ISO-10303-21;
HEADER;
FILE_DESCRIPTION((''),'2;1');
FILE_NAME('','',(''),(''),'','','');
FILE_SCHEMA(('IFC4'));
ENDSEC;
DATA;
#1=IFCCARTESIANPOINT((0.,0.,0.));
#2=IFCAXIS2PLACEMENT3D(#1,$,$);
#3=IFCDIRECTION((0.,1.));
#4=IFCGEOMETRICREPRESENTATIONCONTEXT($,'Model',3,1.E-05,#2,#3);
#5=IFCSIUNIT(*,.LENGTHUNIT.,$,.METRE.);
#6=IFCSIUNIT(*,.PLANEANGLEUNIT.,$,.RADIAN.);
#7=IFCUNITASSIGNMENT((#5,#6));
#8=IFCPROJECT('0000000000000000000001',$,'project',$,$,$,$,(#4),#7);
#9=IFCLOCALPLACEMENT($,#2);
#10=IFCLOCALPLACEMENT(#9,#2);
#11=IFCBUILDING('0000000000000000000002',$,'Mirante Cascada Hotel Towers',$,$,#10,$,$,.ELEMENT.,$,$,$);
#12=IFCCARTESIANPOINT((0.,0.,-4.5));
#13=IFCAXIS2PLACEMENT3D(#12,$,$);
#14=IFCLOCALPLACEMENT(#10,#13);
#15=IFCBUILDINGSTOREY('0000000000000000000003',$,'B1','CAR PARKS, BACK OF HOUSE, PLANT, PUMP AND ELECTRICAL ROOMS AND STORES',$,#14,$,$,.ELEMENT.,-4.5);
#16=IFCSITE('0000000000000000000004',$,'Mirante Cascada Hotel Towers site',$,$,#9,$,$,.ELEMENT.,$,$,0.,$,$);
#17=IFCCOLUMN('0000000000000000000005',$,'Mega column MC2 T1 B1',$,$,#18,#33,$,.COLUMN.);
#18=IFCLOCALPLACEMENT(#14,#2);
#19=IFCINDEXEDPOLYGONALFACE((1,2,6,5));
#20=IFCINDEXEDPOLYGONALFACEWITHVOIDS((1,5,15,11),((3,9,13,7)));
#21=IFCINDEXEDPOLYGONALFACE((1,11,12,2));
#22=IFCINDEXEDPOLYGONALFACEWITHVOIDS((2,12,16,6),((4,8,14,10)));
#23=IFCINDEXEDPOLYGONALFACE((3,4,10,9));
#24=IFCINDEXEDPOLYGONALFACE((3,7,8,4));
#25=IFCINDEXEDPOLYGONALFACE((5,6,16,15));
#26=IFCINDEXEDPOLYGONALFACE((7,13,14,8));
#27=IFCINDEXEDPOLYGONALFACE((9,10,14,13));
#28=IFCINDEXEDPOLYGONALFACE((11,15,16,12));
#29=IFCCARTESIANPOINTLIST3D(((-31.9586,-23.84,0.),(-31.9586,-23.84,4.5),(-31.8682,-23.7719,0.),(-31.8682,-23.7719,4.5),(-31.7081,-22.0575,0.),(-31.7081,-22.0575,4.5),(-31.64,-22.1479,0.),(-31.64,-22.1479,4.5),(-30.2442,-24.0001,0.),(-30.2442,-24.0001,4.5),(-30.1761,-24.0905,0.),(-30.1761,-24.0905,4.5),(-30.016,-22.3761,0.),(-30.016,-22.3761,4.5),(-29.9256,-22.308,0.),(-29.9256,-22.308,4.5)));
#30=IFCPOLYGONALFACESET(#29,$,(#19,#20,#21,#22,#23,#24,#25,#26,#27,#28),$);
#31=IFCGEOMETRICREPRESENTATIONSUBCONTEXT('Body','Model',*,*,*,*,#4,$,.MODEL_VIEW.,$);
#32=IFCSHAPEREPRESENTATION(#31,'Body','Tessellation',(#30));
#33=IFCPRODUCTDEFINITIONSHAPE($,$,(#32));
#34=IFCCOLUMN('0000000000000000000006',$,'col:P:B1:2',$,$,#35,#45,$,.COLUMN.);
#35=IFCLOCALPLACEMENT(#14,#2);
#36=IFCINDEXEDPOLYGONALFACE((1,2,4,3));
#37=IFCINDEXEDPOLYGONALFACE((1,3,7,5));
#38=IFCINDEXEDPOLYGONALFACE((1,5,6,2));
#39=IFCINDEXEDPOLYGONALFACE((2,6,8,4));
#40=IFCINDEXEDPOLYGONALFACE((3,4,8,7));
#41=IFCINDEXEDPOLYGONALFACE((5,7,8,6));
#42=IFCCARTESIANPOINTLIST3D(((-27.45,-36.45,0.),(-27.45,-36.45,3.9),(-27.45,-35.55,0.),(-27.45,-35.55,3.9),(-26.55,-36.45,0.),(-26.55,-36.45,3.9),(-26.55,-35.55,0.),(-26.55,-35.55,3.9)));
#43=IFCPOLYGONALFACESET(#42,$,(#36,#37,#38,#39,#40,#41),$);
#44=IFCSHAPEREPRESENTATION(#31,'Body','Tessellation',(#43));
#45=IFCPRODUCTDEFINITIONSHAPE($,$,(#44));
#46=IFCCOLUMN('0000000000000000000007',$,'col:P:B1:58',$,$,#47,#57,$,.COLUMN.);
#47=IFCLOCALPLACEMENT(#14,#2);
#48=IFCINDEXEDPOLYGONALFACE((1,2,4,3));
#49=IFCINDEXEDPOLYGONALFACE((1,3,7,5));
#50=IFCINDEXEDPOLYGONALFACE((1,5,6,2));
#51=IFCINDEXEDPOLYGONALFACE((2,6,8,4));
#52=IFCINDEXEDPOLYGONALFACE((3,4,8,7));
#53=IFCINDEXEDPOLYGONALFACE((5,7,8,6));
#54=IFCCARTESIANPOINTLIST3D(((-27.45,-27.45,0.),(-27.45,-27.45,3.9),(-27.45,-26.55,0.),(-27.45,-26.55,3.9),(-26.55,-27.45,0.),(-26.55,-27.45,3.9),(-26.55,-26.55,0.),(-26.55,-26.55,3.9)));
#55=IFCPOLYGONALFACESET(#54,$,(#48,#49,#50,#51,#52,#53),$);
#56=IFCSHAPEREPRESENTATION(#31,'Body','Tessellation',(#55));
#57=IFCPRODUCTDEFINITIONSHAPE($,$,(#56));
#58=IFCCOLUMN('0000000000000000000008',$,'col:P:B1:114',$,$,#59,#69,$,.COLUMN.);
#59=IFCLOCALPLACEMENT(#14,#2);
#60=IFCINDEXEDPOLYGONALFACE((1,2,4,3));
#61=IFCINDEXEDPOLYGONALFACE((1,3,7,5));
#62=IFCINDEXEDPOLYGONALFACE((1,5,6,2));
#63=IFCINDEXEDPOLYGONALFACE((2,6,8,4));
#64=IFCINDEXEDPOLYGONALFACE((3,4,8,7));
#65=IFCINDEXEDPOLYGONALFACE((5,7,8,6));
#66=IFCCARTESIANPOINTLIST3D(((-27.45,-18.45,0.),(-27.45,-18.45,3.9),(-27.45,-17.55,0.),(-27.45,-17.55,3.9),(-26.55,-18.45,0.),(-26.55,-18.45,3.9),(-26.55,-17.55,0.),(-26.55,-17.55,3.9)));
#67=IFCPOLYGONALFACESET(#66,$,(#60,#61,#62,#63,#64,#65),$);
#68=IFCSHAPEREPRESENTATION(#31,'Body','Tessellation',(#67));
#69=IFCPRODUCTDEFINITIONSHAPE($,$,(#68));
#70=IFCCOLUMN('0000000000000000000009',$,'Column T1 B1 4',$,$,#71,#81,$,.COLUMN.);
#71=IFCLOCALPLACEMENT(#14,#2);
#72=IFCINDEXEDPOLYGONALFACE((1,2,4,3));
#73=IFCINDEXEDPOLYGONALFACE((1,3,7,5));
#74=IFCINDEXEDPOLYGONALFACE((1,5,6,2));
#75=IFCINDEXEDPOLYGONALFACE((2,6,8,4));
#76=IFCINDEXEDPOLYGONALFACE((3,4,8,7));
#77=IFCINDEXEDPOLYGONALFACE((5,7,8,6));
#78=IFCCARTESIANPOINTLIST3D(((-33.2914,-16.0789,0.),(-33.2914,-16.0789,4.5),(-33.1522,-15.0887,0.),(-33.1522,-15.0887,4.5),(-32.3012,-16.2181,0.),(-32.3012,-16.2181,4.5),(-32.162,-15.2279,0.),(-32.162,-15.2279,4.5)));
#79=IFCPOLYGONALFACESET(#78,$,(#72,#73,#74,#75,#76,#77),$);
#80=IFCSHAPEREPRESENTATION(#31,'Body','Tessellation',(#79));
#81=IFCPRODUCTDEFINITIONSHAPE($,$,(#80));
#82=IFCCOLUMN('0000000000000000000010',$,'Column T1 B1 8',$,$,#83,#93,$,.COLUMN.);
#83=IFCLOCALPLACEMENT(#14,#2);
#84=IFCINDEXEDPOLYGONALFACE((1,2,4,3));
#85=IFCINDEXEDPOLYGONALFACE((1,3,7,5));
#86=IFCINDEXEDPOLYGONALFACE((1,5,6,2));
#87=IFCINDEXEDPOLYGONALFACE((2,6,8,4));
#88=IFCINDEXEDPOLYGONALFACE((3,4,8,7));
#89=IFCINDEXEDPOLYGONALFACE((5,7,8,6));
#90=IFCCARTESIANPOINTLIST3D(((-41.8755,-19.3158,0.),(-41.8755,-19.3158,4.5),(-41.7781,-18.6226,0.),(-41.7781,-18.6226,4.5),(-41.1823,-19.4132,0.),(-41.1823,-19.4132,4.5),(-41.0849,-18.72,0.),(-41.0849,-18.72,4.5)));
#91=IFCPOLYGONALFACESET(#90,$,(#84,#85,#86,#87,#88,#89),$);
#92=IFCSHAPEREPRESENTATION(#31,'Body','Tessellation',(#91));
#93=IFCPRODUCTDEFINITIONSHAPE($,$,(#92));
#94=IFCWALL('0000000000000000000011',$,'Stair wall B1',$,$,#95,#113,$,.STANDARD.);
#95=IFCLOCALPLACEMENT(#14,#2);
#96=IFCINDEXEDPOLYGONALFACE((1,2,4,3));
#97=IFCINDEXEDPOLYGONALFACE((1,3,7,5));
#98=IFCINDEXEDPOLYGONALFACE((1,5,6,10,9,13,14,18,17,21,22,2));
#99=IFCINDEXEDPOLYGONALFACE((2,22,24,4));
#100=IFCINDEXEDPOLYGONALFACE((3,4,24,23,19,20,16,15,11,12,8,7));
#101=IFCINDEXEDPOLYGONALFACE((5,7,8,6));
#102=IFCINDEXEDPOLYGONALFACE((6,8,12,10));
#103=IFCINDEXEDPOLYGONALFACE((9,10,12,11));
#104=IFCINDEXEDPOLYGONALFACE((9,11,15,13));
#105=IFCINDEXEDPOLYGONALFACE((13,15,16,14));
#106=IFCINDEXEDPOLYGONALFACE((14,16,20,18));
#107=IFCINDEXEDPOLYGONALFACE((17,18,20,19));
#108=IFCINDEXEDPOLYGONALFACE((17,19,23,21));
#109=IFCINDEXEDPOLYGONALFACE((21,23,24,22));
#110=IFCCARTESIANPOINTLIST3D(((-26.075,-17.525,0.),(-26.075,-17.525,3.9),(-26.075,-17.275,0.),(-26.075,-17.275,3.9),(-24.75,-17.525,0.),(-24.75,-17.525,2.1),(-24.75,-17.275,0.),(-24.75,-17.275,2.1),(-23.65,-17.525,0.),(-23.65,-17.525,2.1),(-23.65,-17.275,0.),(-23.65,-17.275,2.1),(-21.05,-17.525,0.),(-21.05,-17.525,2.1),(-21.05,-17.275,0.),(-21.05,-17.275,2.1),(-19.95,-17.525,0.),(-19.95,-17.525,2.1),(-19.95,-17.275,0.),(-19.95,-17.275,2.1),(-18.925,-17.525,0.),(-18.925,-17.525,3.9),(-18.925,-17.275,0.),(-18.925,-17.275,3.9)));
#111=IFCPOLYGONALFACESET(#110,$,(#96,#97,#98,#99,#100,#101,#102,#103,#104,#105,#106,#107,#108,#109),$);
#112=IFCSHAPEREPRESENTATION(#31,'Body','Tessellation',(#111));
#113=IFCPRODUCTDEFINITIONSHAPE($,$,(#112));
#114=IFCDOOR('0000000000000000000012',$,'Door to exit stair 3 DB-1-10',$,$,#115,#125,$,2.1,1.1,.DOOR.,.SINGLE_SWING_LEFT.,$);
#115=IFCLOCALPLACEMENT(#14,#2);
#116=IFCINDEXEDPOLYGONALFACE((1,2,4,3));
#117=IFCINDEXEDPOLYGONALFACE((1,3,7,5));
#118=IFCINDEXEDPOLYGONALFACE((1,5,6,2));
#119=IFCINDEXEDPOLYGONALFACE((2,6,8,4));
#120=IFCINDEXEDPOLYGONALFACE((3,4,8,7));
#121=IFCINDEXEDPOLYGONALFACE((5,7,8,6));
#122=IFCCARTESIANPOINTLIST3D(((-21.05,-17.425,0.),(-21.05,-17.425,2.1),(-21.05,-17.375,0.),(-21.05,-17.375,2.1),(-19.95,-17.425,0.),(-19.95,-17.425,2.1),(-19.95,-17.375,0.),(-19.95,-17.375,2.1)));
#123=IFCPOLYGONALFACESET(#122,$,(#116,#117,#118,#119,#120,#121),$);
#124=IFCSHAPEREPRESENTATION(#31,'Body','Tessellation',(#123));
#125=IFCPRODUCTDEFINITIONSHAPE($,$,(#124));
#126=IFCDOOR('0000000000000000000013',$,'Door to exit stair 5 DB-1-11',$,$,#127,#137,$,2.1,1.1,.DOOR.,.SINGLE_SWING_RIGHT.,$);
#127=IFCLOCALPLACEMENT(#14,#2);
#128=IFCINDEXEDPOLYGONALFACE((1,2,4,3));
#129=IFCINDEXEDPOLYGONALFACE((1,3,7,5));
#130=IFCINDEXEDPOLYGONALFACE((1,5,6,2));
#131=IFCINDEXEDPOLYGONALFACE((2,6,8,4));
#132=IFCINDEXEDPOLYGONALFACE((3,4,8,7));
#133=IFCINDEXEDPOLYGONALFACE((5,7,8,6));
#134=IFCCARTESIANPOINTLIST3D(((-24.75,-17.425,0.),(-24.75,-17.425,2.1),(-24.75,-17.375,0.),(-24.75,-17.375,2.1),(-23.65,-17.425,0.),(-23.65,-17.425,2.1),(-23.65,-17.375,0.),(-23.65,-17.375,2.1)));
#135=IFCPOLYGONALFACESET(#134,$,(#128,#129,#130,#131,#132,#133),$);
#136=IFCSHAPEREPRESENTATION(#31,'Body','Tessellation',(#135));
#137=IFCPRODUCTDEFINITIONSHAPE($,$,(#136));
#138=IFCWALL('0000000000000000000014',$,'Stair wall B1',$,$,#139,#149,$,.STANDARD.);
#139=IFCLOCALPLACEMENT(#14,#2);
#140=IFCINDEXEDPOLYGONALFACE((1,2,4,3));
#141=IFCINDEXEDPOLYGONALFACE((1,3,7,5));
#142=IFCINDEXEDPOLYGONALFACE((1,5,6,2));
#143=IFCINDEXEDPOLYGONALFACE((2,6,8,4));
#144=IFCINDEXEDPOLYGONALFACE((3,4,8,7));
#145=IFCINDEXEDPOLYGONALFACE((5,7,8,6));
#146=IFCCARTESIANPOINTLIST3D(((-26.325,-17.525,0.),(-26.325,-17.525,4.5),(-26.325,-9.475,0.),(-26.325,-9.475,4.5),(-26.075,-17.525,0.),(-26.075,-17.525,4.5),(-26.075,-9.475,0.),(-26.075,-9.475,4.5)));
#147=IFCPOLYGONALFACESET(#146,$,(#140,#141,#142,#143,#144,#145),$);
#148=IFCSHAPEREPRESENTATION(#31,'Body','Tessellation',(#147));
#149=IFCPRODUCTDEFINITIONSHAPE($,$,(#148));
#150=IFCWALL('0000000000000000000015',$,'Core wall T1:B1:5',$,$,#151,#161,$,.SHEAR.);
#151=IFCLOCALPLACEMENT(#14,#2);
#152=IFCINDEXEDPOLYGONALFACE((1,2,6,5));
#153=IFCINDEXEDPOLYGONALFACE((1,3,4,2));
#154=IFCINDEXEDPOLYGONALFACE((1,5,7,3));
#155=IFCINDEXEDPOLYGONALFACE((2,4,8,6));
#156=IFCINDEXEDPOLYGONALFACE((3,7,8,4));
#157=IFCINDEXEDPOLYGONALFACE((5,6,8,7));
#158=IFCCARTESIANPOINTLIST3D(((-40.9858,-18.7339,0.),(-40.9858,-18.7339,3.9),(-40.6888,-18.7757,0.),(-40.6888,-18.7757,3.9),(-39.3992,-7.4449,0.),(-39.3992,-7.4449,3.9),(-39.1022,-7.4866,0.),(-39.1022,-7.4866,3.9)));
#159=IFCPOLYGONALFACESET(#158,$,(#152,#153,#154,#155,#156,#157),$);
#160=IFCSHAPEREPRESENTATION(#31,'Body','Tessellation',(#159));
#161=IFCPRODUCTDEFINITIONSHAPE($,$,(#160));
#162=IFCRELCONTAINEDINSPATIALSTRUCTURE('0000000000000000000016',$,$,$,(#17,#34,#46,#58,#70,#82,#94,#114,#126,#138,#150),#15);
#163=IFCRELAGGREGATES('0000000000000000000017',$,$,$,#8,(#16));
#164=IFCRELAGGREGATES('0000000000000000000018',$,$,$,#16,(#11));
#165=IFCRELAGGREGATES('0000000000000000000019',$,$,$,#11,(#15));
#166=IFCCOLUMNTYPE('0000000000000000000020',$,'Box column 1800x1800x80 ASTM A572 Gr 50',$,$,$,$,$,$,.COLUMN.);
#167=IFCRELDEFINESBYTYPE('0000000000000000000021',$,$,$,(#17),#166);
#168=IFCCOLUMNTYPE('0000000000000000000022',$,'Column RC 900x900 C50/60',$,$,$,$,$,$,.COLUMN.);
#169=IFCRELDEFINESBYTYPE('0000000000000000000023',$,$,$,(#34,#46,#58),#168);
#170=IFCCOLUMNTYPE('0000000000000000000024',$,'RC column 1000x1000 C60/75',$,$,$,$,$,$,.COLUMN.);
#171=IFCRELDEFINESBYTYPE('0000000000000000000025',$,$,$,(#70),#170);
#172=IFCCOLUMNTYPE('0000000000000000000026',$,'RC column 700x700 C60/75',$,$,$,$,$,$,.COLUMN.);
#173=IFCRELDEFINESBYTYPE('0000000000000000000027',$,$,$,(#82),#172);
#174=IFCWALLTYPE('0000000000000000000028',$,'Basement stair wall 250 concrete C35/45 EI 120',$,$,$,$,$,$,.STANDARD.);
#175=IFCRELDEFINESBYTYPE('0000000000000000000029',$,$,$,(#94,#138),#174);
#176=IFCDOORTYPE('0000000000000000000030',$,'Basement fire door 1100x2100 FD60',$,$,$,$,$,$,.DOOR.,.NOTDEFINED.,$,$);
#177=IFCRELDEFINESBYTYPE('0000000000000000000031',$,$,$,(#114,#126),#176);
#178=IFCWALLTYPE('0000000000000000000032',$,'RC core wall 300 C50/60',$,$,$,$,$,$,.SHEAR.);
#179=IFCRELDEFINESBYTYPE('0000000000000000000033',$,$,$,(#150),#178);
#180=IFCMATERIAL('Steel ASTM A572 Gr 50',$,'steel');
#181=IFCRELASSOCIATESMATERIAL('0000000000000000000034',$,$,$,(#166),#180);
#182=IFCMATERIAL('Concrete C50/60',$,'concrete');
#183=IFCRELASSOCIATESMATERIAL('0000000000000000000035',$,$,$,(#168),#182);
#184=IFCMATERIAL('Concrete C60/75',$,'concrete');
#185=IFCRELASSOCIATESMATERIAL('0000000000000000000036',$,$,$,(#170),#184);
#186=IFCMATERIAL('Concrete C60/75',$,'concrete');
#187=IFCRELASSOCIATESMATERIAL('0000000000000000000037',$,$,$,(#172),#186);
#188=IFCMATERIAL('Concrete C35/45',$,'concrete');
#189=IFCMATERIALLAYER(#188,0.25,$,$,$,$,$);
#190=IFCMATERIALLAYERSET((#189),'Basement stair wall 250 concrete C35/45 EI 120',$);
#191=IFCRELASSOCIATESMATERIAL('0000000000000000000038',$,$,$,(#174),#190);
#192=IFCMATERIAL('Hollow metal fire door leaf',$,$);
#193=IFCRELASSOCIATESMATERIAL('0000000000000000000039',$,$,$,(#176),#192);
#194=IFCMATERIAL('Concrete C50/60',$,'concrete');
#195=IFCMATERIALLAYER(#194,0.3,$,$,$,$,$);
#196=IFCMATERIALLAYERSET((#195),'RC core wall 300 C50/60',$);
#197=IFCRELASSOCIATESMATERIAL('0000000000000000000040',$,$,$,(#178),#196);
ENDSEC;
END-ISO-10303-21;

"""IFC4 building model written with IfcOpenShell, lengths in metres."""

from ifc_helpers import new_model, si_unit, direction, frame, frame_2d, origin, origin_2d, place, context, subcontext, project, spatial, rectangle, hollow_rectangle, extrude, material, layer, layer_set, material_profile, profile_set, type_object, element, fill, save


model = new_model("IFC4")

# Units and contexts
model_context = context("Model", 3, precision=1e-05, world=origin(), true_north=direction((0.0, 1.0)))
body_context = subcontext(model_context, "Body", "Model", "MODEL_VIEW")
ifc_project = project(units=[si_unit("LENGTHUNIT", "METRE"), si_unit("PLANEANGLEUNIT", "RADIAN")], contexts=[model_context])

# Site, building, storey
site_placement = place(None, origin())
site = spatial("IfcSite", under=ifc_project, at=site_placement, Name="Mirante Cascada Hotel Towers site", CompositionType="ELEMENT", RefElevation=0.0)
building_placement = place(site_placement, origin())
building = spatial("IfcBuilding", under=site, at=building_placement, Name="Mirante Cascada Hotel Towers", CompositionType="ELEMENT")
storey_placement = place(building_placement, frame((0.0, 0.0, -4.5)))
storey = spatial("IfcBuildingStorey", under=building, at=storey_placement, Name="B1", Description="CAR PARKS, BACK OF HOUSE, PLANT, PUMP AND ELECTRICAL ROOMS AND STORES", CompositionType="ELEMENT", Elevation=-4.5)

# Columns
ifc_material_1 = material(Name="Steel ASTM A572 Gr 50", Category="steel")
ifc_material_profile_1 = material_profile(ifc_material_1, hollow_rectangle(XDim=1.8, YDim=1.8, WallThickness=0.08, at=origin_2d()), Name="Box column 1800x1800x80 ASTM A572 Gr 50")
ifc_profile_set_1 = profile_set([ifc_material_profile_1], Name="Steel ASTM A572 Gr 50")
column_type_1 = type_object("IfcColumnType", Name="Box column 1800x1800x80 ASTM A572 Gr 50", PredefinedType="COLUMN", material=ifc_profile_set_1)
column_1_placement = place(storey_placement, frame((-30.9421, -23.074, 0.0), z_axis=(0.0, 0.0, 1.0), x_axis=(-0.990268, 0.139173, 0.0)))
element("IfcColumn", 1, at=column_1_placement, inside=storey, type_object=column_type_1, Name="Mega column MC2 T1 B1", PredefinedType="COLUMN", context=body_context, shape_type="SweptSolid", body=[
    extrude(hollow_rectangle(XDim=1.8, YDim=1.8, WallThickness=0.08, at=origin_2d()), origin(), (0.0, 0.0, 1.0), 4.5),
])
ifc_material_2 = material(Name="Concrete C50/60", Category="concrete")
ifc_material_profile_2 = material_profile(ifc_material_2, rectangle(XDim=0.9, YDim=0.9, at=origin_2d()), Name="RC 900x900")
ifc_profile_set_2 = profile_set([ifc_material_profile_2], Name="Concrete C50/60")
column_type_2 = type_object("IfcColumnType", Name="Column RC 900x900 C50/60", PredefinedType="COLUMN", material=ifc_profile_set_2)
for number, where, z_axis, x_axis, name in (
    (2, (-27.0, -36.0, 0.0), (0.0, 0.0, 1.0), (1.0, 0.0, 0.0), "col:P:B1:2"),
    (3, (-27.0, -27.0, 0.0), (0.0, 0.0, 1.0), (1.0, 0.0, 0.0), "col:P:B1:58"),
    (4, (-27.0, -18.0, 0.0), (0.0, 0.0, 1.0), (1.0, 0.0, 0.0), "col:P:B1:114"),
):
    element("IfcColumn", number, at=place(storey_placement, frame(where, z_axis=z_axis, x_axis=x_axis)), inside=storey, type_object=column_type_2, Name=name, PredefinedType="COLUMN", context=body_context, shape_type="SweptSolid", body=[
        extrude(rectangle(XDim=0.9, YDim=0.9, at=origin_2d()), origin(), (0.0, 0.0, 1.0), 3.9),
    ])
ifc_material_3 = material(Name="Concrete C60/75", Category="concrete")
ifc_material_profile_3 = material_profile(ifc_material_3, rectangle(XDim=1.0, YDim=1.0, at=origin_2d()), Name="RC column 1000x1000 C60/75")
ifc_profile_set_3 = profile_set([ifc_material_profile_3], Name="Concrete C60/75")
column_type_3 = type_object("IfcColumnType", Name="RC column 1000x1000 C60/75", PredefinedType="COLUMN", material=ifc_profile_set_3)
column_2_placement = place(storey_placement, frame((-32.7267, -15.6534, 0.0), z_axis=(0.0, 0.0, 1.0), x_axis=(-0.990268, 0.139173, 0.0)))
element("IfcColumn", 5, at=column_2_placement, inside=storey, type_object=column_type_3, Name="Column T1 B1 4", PredefinedType="COLUMN", context=body_context, shape_type="SweptSolid", body=[
    extrude(rectangle(XDim=1.0, YDim=1.0, at=origin_2d()), origin(), (0.0, 0.0, 1.0), 4.5),
])
ifc_material_4 = material(Name="Concrete C60/75", Category="concrete")
ifc_material_profile_4 = material_profile(ifc_material_4, rectangle(XDim=0.7, YDim=0.7, at=origin_2d()), Name="RC column 700x700 C60/75")
ifc_profile_set_4 = profile_set([ifc_material_profile_4], Name="Concrete C60/75")
column_type_4 = type_object("IfcColumnType", Name="RC column 700x700 C60/75", PredefinedType="COLUMN", material=ifc_profile_set_4)
column_3_placement = place(storey_placement, frame((-41.4802, -19.0179, 0.0), z_axis=(0.0, 0.0, 1.0), x_axis=(-0.990268, 0.139173, 0.0)))
element("IfcColumn", 6, at=column_3_placement, inside=storey, type_object=column_type_4, Name="Column T1 B1 8", PredefinedType="COLUMN", context=body_context, shape_type="SweptSolid", body=[
    extrude(rectangle(XDim=0.7, YDim=0.7, at=origin_2d()), origin(), (0.0, 0.0, 1.0), 4.5),
])

# Wall, openings, doors
ifc_material_5 = material(Name="Concrete C35/45", Category="concrete")
ifc_layer_1 = layer(ifc_material_5, 0.25)
ifc_layer_set_1 = layer_set([ifc_layer_1], Name="Basement stair wall 250 concrete C35/45 EI 120")
wall_type_1 = type_object("IfcWallType", Name="Basement stair wall 250 concrete C35/45 EI 120", PredefinedType="STANDARD", material=ifc_layer_set_1)
wall_1_placement = place(storey_placement, frame((-26.075, -17.4, 0.0), z_axis=(0.0, 0.0, 1.0), x_axis=(1.0, 0.0, 0.0)))
wall_1 = element("IfcWall", 7, at=wall_1_placement, inside=storey, type_object=wall_type_1, Name="Stair wall B1", PredefinedType="STANDARD", context=body_context, shape_type="SweptSolid", body=[
    extrude(rectangle(XDim=7.15, YDim=0.25, at=frame_2d((3.575, 0.0))), origin(), (0.0, 0.0, 1.0), 3.9),
])
opening_1_placement = place(wall_1_placement, frame((5.025, 0.0, 0.0)))
opening_1 = element("IfcOpeningElement", 8, at=opening_1_placement, cuts=wall_1, PredefinedType="OPENING", context=body_context, shape_type="SweptSolid", body=[
    extrude(rectangle(XDim=1.1, YDim=2.1, at=frame_2d((0.55, 1.05))), frame((0.0, 0.125, 0.0), z_axis=(0.0, -1.0, 0.0), x_axis=(1.0, 0.0, 0.0)), (0.0, 0.0, 1.0), 0.25),
])
opening_2_placement = place(wall_1_placement, frame((1.325, 0.0, 0.0)))
opening_2 = element("IfcOpeningElement", 9, at=opening_2_placement, cuts=wall_1, PredefinedType="OPENING", context=body_context, shape_type="SweptSolid", body=[
    extrude(rectangle(XDim=1.1, YDim=2.1, at=frame_2d((0.55, 1.05))), frame((0.0, 0.125, 0.0), z_axis=(0.0, -1.0, 0.0), x_axis=(1.0, 0.0, 0.0)), (0.0, 0.0, 1.0), 0.25),
])
ifc_material_6 = material(Name="Hollow metal fire door leaf")
door_type_1 = type_object("IfcDoorType", Name="Basement fire door 1100x2100 FD60", OperationType="NOTDEFINED", PredefinedType="DOOR", material=ifc_material_6)
door_1_placement = place(opening_1_placement, origin())
door_1 = element("IfcDoor", 10, at=door_1_placement, inside=storey, type_object=door_type_1, Name="Door to exit stair 3 DB-1-10", OperationType="SINGLE_SWING_LEFT", OverallHeight=2.1, OverallWidth=1.1, PredefinedType="DOOR", context=body_context, shape_type="SweptSolid", body=[
    extrude(rectangle(XDim=1.1, YDim=2.1, at=frame_2d((0.55, 1.05))), frame((0.0, 0.025, 0.0), z_axis=(0.0, -1.0, 0.0), x_axis=(1.0, 0.0, 0.0)), (0.0, 0.0, 1.0), 0.05),
])
fill(opening_1, door_1)
door_2_placement = place(opening_2_placement, origin())
door_2 = element("IfcDoor", 11, at=door_2_placement, inside=storey, type_object=door_type_1, Name="Door to exit stair 5 DB-1-11", OperationType="SINGLE_SWING_RIGHT", OverallHeight=2.1, OverallWidth=1.1, PredefinedType="DOOR", context=body_context, shape_type="SweptSolid", body=[
    extrude(rectangle(XDim=1.1, YDim=2.1, at=frame_2d((0.55, 1.05))), frame((0.0, 0.025, 0.0), z_axis=(0.0, -1.0, 0.0), x_axis=(1.0, 0.0, 0.0)), (0.0, 0.0, 1.0), 0.05),
])
fill(opening_2, door_2)

# Walls
wall_2_placement = place(storey_placement, frame((-26.2, -17.525, 0.0), z_axis=(0.0, 0.0, 1.0), x_axis=(0.0, 1.0, 0.0)))
element("IfcWall", 12, at=wall_2_placement, inside=storey, type_object=wall_type_1, Name="Stair wall B1", PredefinedType="STANDARD", context=body_context, shape_type="SweptSolid", body=[
    extrude(rectangle(XDim=8.05, YDim=0.25, at=frame_2d((4.025, 0.0))), origin(), (0.0, 0.0, 1.0), 4.5),
])
ifc_material_7 = material(Name="Concrete C50/60", Category="concrete")
ifc_layer_2 = layer(ifc_material_7, 0.3)
ifc_layer_set_2 = layer_set([ifc_layer_2], Name="RC core wall 300 C50/60")
wall_type_2 = type_object("IfcWallType", Name="RC core wall 300 C50/60", PredefinedType="SHEAR", material=ifc_layer_set_2)
wall_3_placement = place(storey_placement, frame((-40.8373, -18.7548, 0.0), z_axis=(0.0, 0.0, 1.0), x_axis=(0.139175, 0.990268, 0.0)))
element("IfcWall", 13, at=wall_3_placement, inside=storey, type_object=wall_type_2, Name="Core wall T1:B1:5", PredefinedType="SHEAR", context=body_context, shape_type="SweptSolid", body=[
    extrude(rectangle(XDim=11.4, YDim=0.3, at=frame_2d((5.7, 0.0))), origin(), (0.0, 0.0, 1.0), 3.9),
])

save(model, "model.ifc")
